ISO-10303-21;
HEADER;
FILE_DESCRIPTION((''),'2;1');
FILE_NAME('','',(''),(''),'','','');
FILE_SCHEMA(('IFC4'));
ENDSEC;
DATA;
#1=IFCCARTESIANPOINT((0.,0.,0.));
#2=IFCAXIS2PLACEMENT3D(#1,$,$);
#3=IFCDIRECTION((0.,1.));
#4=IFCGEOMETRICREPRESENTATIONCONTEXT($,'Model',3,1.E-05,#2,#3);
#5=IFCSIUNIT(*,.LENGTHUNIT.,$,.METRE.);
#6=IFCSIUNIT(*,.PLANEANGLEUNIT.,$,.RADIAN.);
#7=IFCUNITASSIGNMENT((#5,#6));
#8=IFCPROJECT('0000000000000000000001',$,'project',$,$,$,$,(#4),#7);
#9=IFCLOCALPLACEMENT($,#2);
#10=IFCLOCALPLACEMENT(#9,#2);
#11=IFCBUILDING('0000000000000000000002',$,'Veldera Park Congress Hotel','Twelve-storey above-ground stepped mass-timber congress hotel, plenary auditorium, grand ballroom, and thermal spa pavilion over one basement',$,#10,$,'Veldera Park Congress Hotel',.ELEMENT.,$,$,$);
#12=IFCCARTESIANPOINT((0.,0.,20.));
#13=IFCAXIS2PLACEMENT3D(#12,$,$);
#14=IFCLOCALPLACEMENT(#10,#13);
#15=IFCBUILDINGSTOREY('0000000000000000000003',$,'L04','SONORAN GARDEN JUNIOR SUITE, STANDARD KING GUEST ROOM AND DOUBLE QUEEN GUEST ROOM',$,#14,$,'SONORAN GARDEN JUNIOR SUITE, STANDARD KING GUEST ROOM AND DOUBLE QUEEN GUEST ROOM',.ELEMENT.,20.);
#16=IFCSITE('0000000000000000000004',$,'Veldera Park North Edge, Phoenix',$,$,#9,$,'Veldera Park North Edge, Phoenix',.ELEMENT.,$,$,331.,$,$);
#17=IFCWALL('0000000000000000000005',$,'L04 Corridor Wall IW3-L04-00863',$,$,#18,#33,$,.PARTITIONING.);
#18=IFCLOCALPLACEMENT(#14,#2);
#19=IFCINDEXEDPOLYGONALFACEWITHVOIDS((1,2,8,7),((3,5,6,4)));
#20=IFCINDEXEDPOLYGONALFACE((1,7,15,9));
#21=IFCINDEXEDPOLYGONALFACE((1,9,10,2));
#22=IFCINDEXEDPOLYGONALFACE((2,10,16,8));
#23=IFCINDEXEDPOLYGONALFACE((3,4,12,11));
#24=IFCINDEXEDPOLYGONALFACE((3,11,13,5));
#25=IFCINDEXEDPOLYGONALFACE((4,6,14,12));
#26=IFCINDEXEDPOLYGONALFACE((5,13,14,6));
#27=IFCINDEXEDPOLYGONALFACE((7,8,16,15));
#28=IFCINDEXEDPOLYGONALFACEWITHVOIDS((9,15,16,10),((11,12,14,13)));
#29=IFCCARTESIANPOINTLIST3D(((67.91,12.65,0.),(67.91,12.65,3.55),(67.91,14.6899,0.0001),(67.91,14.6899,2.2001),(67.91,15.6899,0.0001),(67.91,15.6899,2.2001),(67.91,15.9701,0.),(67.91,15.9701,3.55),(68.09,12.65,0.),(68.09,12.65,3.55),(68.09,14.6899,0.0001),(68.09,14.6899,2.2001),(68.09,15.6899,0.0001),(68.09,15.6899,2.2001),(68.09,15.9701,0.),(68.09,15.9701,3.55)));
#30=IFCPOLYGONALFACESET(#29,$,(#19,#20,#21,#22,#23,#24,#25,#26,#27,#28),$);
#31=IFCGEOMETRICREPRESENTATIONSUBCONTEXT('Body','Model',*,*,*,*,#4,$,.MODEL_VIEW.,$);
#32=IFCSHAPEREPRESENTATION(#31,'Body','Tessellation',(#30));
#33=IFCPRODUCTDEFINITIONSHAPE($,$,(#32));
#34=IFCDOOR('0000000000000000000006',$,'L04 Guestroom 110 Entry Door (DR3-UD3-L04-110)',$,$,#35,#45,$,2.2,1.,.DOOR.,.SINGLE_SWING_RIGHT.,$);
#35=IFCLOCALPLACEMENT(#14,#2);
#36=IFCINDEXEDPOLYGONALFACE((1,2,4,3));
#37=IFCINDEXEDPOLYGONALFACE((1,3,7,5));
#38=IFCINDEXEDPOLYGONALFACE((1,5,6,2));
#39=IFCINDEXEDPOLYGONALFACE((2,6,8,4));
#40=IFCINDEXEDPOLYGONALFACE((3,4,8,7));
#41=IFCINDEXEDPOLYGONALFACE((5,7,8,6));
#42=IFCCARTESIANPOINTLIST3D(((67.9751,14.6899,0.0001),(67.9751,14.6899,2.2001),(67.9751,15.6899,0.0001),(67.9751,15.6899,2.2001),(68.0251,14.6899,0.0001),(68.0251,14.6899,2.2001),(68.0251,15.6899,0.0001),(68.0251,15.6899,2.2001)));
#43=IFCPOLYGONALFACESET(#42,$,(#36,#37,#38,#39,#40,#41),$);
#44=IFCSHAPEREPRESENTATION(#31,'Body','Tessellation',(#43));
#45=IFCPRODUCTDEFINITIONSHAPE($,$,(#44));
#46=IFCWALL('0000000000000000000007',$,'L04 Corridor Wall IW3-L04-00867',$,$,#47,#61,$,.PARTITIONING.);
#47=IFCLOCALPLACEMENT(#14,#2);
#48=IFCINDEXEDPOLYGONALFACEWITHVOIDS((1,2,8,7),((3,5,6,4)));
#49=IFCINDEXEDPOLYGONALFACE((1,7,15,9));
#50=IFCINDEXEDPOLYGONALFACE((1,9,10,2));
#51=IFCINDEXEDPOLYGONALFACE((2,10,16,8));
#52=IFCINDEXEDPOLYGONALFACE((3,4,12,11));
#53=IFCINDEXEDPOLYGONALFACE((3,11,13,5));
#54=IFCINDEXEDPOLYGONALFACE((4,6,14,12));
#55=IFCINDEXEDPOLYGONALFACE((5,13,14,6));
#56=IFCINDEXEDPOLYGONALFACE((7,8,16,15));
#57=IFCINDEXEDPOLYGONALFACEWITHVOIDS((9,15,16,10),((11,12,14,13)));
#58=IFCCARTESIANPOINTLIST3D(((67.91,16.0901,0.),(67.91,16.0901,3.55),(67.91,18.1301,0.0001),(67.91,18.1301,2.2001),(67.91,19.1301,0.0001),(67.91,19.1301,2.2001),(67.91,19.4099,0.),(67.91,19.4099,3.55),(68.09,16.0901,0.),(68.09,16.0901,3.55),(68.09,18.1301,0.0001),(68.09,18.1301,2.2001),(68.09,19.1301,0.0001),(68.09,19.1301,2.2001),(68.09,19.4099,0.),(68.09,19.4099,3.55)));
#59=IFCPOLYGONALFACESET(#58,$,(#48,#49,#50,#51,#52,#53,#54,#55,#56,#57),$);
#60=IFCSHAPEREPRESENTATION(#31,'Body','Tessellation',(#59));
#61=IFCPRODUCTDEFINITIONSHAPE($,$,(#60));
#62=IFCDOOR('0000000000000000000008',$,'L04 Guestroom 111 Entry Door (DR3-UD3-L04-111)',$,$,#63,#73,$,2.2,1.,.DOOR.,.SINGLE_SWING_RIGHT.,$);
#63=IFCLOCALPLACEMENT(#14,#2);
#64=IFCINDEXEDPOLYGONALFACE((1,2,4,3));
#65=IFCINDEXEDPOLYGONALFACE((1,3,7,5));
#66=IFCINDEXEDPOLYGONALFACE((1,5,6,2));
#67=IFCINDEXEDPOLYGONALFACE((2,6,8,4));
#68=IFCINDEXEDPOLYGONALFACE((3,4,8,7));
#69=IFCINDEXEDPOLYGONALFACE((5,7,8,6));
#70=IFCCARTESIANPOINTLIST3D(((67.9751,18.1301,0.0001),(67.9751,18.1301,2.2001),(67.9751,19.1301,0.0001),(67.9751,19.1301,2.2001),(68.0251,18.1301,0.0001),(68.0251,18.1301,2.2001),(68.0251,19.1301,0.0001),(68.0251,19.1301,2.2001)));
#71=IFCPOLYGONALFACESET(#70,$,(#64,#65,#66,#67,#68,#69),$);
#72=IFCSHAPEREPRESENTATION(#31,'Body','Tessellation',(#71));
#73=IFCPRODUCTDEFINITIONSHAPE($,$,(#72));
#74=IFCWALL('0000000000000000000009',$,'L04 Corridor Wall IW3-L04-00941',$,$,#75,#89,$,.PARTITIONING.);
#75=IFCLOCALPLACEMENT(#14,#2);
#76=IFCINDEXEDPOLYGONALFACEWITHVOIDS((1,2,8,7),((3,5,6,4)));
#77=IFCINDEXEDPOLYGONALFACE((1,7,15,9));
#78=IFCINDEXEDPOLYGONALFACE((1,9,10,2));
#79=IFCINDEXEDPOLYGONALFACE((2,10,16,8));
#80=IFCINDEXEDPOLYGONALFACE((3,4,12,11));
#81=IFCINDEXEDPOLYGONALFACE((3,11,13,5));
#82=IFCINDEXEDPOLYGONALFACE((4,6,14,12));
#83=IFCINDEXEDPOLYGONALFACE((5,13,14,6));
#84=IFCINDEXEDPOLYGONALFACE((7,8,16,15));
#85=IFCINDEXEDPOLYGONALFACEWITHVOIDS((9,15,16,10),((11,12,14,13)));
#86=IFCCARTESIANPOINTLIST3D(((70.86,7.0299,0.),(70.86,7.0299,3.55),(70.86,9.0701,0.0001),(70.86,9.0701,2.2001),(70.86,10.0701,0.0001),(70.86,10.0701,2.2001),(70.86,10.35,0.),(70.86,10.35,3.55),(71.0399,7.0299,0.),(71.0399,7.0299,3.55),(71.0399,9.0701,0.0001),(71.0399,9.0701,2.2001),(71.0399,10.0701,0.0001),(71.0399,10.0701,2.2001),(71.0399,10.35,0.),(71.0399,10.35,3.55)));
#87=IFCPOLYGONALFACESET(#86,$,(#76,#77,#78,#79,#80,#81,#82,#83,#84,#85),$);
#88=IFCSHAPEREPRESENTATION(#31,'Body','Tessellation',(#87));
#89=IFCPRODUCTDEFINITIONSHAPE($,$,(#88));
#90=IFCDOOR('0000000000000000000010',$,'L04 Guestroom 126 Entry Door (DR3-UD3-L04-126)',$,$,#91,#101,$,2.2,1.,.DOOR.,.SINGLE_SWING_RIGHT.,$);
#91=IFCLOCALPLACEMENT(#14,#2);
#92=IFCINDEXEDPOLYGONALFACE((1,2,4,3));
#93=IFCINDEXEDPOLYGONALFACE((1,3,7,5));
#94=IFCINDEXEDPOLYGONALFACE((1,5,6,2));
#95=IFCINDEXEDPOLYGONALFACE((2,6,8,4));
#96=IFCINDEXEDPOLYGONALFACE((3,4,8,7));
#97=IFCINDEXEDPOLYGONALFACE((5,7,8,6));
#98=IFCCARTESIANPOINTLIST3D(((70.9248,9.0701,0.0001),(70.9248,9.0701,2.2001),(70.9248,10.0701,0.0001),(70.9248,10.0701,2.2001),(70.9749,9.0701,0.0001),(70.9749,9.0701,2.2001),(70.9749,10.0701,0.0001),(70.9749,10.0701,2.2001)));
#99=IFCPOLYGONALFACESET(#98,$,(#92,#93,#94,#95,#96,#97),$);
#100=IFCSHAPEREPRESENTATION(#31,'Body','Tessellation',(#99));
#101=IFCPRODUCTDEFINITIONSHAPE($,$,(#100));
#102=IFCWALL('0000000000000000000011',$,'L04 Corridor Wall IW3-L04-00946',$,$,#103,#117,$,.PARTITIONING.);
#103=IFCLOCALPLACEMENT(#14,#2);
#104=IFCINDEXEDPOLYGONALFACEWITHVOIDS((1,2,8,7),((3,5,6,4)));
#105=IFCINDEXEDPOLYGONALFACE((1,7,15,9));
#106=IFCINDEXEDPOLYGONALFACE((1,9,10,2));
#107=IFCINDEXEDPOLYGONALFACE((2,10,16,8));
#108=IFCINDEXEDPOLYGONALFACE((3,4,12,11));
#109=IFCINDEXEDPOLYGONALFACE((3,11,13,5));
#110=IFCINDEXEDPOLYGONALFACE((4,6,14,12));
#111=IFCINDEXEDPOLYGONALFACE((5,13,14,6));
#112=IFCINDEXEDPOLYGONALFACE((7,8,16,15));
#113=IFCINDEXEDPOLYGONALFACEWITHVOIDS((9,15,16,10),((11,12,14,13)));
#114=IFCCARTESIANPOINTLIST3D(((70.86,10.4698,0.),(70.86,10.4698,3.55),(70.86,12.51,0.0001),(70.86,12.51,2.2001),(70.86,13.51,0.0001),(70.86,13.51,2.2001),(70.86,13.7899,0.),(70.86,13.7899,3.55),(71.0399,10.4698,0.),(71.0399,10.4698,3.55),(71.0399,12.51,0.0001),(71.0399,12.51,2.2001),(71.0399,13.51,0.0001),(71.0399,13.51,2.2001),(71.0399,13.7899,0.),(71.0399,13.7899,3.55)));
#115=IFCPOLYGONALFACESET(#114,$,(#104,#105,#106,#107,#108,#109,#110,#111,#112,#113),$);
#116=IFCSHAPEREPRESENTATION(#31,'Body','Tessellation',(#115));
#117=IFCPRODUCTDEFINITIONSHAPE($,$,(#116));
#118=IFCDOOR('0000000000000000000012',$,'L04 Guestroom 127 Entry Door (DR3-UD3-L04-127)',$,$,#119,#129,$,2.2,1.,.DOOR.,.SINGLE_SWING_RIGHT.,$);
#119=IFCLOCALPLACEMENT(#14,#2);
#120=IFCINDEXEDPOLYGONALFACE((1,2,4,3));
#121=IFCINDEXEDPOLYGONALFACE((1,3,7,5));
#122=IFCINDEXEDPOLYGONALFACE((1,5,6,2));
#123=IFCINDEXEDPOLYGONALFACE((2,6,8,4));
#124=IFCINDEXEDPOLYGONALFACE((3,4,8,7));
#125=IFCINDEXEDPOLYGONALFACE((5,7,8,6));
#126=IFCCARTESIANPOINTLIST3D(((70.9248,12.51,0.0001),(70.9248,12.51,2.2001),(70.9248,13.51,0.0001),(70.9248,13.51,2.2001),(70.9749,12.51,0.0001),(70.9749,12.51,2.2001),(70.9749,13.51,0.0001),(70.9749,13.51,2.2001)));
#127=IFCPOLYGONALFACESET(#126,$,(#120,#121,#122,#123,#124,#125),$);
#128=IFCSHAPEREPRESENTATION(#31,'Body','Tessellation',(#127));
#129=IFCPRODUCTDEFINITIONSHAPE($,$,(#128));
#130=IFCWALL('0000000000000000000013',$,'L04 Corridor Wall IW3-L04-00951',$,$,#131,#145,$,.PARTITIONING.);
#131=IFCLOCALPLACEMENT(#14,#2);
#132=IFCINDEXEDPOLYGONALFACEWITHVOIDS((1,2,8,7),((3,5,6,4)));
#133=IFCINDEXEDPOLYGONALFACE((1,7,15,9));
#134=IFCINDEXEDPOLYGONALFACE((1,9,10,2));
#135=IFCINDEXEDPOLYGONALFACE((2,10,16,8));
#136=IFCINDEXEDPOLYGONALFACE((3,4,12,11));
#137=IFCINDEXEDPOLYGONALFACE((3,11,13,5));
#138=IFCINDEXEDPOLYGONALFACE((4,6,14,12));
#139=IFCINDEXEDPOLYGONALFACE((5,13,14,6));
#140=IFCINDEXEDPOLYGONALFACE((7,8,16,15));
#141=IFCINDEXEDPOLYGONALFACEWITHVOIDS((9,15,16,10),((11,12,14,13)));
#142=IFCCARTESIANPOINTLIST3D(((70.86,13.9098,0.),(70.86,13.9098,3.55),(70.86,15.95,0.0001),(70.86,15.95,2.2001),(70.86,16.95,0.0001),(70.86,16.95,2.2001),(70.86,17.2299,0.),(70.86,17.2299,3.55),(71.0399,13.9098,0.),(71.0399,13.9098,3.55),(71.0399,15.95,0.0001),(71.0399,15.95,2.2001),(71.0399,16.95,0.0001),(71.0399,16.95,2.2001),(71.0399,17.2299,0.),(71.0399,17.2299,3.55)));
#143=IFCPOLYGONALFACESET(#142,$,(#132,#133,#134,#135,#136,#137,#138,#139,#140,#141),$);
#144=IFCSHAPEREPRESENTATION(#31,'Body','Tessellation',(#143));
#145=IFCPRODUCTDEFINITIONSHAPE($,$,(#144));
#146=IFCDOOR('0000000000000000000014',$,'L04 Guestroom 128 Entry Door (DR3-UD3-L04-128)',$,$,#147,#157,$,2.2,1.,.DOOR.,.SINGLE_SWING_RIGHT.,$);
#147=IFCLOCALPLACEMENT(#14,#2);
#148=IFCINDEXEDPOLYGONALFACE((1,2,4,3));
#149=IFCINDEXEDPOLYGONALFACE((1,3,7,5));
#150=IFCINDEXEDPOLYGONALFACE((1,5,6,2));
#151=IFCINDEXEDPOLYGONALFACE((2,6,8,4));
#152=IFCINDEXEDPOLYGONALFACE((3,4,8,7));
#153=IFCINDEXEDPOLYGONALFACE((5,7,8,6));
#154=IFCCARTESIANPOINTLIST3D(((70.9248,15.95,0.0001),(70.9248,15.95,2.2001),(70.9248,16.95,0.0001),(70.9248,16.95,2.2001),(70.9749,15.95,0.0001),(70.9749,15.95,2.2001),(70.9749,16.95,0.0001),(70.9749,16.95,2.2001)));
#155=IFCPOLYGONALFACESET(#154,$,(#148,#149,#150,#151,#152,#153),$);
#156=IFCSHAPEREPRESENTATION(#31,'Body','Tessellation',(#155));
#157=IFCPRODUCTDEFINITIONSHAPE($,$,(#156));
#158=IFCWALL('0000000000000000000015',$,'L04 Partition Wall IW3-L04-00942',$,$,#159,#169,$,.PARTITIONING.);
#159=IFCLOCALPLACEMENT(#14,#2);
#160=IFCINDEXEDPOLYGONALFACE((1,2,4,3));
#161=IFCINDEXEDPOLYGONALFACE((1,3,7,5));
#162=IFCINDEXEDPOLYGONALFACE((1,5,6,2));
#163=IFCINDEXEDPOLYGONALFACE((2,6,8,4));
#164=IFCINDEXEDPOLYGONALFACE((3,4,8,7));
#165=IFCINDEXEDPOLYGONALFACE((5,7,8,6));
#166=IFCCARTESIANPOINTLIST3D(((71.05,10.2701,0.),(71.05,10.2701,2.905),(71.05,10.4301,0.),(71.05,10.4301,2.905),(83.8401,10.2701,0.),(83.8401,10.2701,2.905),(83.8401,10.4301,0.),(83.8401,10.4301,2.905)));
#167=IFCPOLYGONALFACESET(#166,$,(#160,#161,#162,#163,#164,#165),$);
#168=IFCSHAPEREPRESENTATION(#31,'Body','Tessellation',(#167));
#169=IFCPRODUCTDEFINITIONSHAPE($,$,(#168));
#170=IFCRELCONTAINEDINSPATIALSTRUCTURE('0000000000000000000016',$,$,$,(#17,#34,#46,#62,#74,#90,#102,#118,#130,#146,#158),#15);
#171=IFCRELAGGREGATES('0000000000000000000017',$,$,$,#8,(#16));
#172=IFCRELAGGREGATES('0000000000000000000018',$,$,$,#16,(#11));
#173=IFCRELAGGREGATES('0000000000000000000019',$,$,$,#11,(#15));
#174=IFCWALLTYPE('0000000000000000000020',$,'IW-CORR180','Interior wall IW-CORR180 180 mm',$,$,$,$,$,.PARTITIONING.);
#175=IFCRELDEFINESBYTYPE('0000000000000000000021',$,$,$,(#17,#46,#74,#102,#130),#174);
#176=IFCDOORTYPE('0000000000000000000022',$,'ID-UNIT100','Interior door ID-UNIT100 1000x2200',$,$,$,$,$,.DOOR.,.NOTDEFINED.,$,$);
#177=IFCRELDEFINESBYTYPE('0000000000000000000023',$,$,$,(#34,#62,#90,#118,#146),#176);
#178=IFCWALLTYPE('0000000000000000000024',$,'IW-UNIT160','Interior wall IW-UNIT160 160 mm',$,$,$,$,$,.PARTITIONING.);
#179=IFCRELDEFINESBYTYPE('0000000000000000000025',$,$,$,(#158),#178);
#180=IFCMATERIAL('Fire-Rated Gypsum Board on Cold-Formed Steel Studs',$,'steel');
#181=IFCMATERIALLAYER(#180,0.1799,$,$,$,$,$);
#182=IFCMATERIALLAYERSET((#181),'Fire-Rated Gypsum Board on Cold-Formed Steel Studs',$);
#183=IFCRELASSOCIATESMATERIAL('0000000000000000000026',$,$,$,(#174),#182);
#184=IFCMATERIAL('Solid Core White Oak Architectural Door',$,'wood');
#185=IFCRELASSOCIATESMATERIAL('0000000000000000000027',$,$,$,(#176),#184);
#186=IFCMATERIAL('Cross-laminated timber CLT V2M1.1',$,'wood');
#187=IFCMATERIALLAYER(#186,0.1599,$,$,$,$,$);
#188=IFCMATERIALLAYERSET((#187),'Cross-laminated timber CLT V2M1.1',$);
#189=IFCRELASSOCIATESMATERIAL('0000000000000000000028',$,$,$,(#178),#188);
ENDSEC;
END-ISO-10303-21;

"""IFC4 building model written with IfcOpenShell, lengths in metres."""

from ifc_helpers import new_model, si_unit, direction, frame, frame_2d, origin, place, context, subcontext, project, spatial, rectangle, extrude, material, layer, layer_set, type_object, element, fill, save


model = new_model("IFC4")

# Units and contexts
model_context = context("Model", 3, precision=1e-05, world=origin(), true_north=direction((0.0, 1.0)))
body_context = subcontext(model_context, "Body", "Model", "MODEL_VIEW")
ifc_project = project(units=[si_unit("LENGTHUNIT", "METRE"), si_unit("PLANEANGLEUNIT", "RADIAN")], contexts=[model_context])

# Site, building, storey
site_placement = place(None, origin())
site = spatial("IfcSite", under=ifc_project, at=site_placement, Name="Veldera Park North Edge, Phoenix", LongName="Veldera Park North Edge, Phoenix", CompositionType="ELEMENT", RefElevation=331.0)
building_placement = place(site_placement, origin())
building = spatial("IfcBuilding", under=site, at=building_placement, Name="Veldera Park Congress Hotel", Description="Twelve-storey above-ground stepped mass-timber congress hotel, plenary auditorium, grand ballroom, and thermal spa pavilion over one basement", LongName="Veldera Park Congress Hotel", CompositionType="ELEMENT")
storey_placement = place(building_placement, frame((0.0, 0.0, 20.0)))
storey = spatial("IfcBuildingStorey", under=building, at=storey_placement, Name="L04", Description="SONORAN GARDEN JUNIOR SUITE, STANDARD KING GUEST ROOM AND DOUBLE QUEEN GUEST ROOM", LongName="SONORAN GARDEN JUNIOR SUITE, STANDARD KING GUEST ROOM AND DOUBLE QUEEN GUEST ROOM", CompositionType="ELEMENT", Elevation=20.0)

# Shared definitions
ifc_material_1 = material(Name="Fire-Rated Gypsum Board on Cold-Formed Steel Studs", Category="steel")
ifc_material_2 = material(Name="Solid Core White Oak Architectural Door", Category="wood")

# Walls, openings, doors
ifc_layer_1 = layer(ifc_material_1, 0.1799)
ifc_layer_set_1 = layer_set([ifc_layer_1], Name="Fire-Rated Gypsum Board on Cold-Formed Steel Studs")
wall_type_1 = type_object("IfcWallType", Name="IW-CORR180", Description="Interior wall IW-CORR180 180 mm", PredefinedType="PARTITIONING", material=ifc_layer_set_1)
door_type_1 = type_object("IfcDoorType", Name="ID-UNIT100", Description="Interior door ID-UNIT100 1000x2200", OperationType="NOTDEFINED", PredefinedType="DOOR", material=ifc_material_2)
wall_1_placement = place(storey_placement, frame((68.0, 12.6499, 0.0), z_axis=(0.0, 0.0, 1.0), x_axis=(0.0, 1.0, 0.0)))
wall_1 = element("IfcWall", 1, at=wall_1_placement, inside=storey, type_object=wall_type_1, Name="L04 Corridor Wall IW3-L04-00863", PredefinedType="PARTITIONING", context=body_context, shape_type="SweptSolid", body=[
    extrude(rectangle(XDim=3.3201, YDim=0.1799, at=frame_2d((1.6602, 0.0))), origin(), (0.0, 0.0, 1.0), 3.55),
])
opening_1_placement = place(wall_1_placement, frame((2.04, 0.0, 0.0)))
opening_1 = element("IfcOpeningElement", 2, at=opening_1_placement, cuts=wall_1, PredefinedType="OPENING", context=body_context, shape_type="SweptSolid", body=[
    extrude(rectangle(XDim=1.0, YDim=2.2, at=frame_2d((0.5, 1.1001))), frame((0.0, 0.1021, 0.0), z_axis=(0.0, -1.0, 0.0), x_axis=(1.0, 0.0, 0.0)), (0.0, 0.0, 1.0), 0.2039),
])
door_1_placement = place(opening_1_placement, origin())
door_1 = element("IfcDoor", 3, at=door_1_placement, inside=storey, type_object=door_type_1, Name="L04 Guestroom 110 Entry Door (DR3-UD3-L04-110)", OperationType="SINGLE_SWING_RIGHT", OverallHeight=2.2, OverallWidth=1.0, PredefinedType="DOOR", context=body_context, shape_type="SweptSolid", body=[
    extrude(rectangle(XDim=1.0, YDim=2.2, at=frame_2d((0.5, 1.1001))), frame((0.0, 0.0249, 0.0), z_axis=(0.0, -1.0, 0.0), x_axis=(1.0, 0.0, 0.0)), (0.0, 0.0, 1.0), 0.05),
])
fill(opening_1, door_1)
wall_2_placement = place(storey_placement, frame((68.0, 16.0901, 0.0), z_axis=(0.0, 0.0, 1.0), x_axis=(0.0, 1.0, 0.0)))
wall_2 = element("IfcWall", 4, at=wall_2_placement, inside=storey, type_object=wall_type_1, Name="L04 Corridor Wall IW3-L04-00867", PredefinedType="PARTITIONING", context=body_context, shape_type="SweptSolid", body=[
    extrude(rectangle(XDim=3.3198, YDim=0.1799, at=frame_2d((1.6599, 0.0))), origin(), (0.0, 0.0, 1.0), 3.55),
])
opening_2_placement = place(wall_2_placement, frame((2.04, 0.0, 0.0)))
opening_2 = element("IfcOpeningElement", 5, at=opening_2_placement, cuts=wall_2, PredefinedType="OPENING", context=body_context, shape_type="SweptSolid", body=[
    extrude(rectangle(XDim=1.0, YDim=2.2, at=frame_2d((0.5, 1.1001))), frame((0.0, 0.1021, 0.0), z_axis=(0.0, -1.0, 0.0), x_axis=(1.0, 0.0, 0.0)), (0.0, 0.0, 1.0), 0.2039),
])
door_2_placement = place(opening_2_placement, origin())
door_2 = element("IfcDoor", 6, at=door_2_placement, inside=storey, type_object=door_type_1, Name="L04 Guestroom 111 Entry Door (DR3-UD3-L04-111)", OperationType="SINGLE_SWING_RIGHT", OverallHeight=2.2, OverallWidth=1.0, PredefinedType="DOOR", context=body_context, shape_type="SweptSolid", body=[
    extrude(rectangle(XDim=1.0, YDim=2.2, at=frame_2d((0.5, 1.1001))), frame((0.0, 0.0249, 0.0), z_axis=(0.0, -1.0, 0.0), x_axis=(1.0, 0.0, 0.0)), (0.0, 0.0, 1.0), 0.05),
])
fill(opening_2, door_2)
wall_3_placement = place(storey_placement, frame((70.95, 10.3501, 0.0), z_axis=(0.0, 0.0, 1.0), x_axis=(0.0, -1.0, 0.0)))
wall_3 = element("IfcWall", 7, at=wall_3_placement, inside=storey, type_object=wall_type_1, Name="L04 Corridor Wall IW3-L04-00941", PredefinedType="PARTITIONING", context=body_context, shape_type="SweptSolid", body=[
    extrude(rectangle(XDim=3.3201, YDim=0.1799, at=frame_2d((1.6602, 0.0))), origin(), (0.0, 0.0, 1.0), 3.55),
])
opening_3_placement = place(wall_3_placement, frame((0.28, 0.0, 0.0)))
opening_3 = element("IfcOpeningElement", 8, at=opening_3_placement, cuts=wall_3, PredefinedType="OPENING", context=body_context, shape_type="SweptSolid", body=[
    extrude(rectangle(XDim=1.0, YDim=2.2, at=frame_2d((0.5, 1.1001))), frame((0.0, 0.1021, 0.0), z_axis=(0.0, -1.0, 0.0), x_axis=(1.0, 0.0, 0.0)), (0.0, 0.0, 1.0), 0.2039),
])
door_3_placement = place(opening_3_placement, origin())
door_3 = element("IfcDoor", 9, at=door_3_placement, inside=storey, type_object=door_type_1, Name="L04 Guestroom 126 Entry Door (DR3-UD3-L04-126)", OperationType="SINGLE_SWING_RIGHT", OverallHeight=2.2, OverallWidth=1.0, PredefinedType="DOOR", context=body_context, shape_type="SweptSolid", body=[
    extrude(rectangle(XDim=1.0, YDim=2.2, at=frame_2d((0.5, 1.1001))), frame((0.0, 0.0249, 0.0), z_axis=(0.0, -1.0, 0.0), x_axis=(1.0, 0.0, 0.0)), (0.0, 0.0, 1.0), 0.05),
])
fill(opening_3, door_3)
wall_4_placement = place(storey_placement, frame((70.95, 13.79, 0.0), z_axis=(0.0, 0.0, 1.0), x_axis=(0.0, -1.0, 0.0)))
wall_4 = element("IfcWall", 10, at=wall_4_placement, inside=storey, type_object=wall_type_1, Name="L04 Corridor Wall IW3-L04-00946", PredefinedType="PARTITIONING", context=body_context, shape_type="SweptSolid", body=[
    extrude(rectangle(XDim=3.3201, YDim=0.1799, at=frame_2d((1.6602, 0.0))), origin(), (0.0, 0.0, 1.0), 3.55),
])
opening_4_placement = place(wall_4_placement, frame((0.28, 0.0, 0.0)))
opening_4 = element("IfcOpeningElement", 11, at=opening_4_placement, cuts=wall_4, PredefinedType="OPENING", context=body_context, shape_type="SweptSolid", body=[
    extrude(rectangle(XDim=1.0, YDim=2.2, at=frame_2d((0.5, 1.1001))), frame((0.0, 0.1021, 0.0), z_axis=(0.0, -1.0, 0.0), x_axis=(1.0, 0.0, 0.0)), (0.0, 0.0, 1.0), 0.2039),
])
door_4_placement = place(opening_4_placement, origin())
door_4 = element("IfcDoor", 12, at=door_4_placement, inside=storey, type_object=door_type_1, Name="L04 Guestroom 127 Entry Door (DR3-UD3-L04-127)", OperationType="SINGLE_SWING_RIGHT", OverallHeight=2.2, OverallWidth=1.0, PredefinedType="DOOR", context=body_context, shape_type="SweptSolid", body=[
    extrude(rectangle(XDim=1.0, YDim=2.2, at=frame_2d((0.5, 1.1001))), frame((0.0, 0.0249, 0.0), z_axis=(0.0, -1.0, 0.0), x_axis=(1.0, 0.0, 0.0)), (0.0, 0.0, 1.0), 0.05),
])
fill(opening_4, door_4)
wall_5_placement = place(storey_placement, frame((70.95, 17.23, 0.0), z_axis=(0.0, 0.0, 1.0), x_axis=(0.0, -1.0, 0.0)))
wall_5 = element("IfcWall", 13, at=wall_5_placement, inside=storey, type_object=wall_type_1, Name="L04 Corridor Wall IW3-L04-00951", PredefinedType="PARTITIONING", context=body_context, shape_type="SweptSolid", body=[
    extrude(rectangle(XDim=3.3201, YDim=0.1799, at=frame_2d((1.6602, 0.0))), origin(), (0.0, 0.0, 1.0), 3.55),
])
opening_5_placement = place(wall_5_placement, frame((0.28, 0.0, 0.0)))
opening_5 = element("IfcOpeningElement", 14, at=opening_5_placement, cuts=wall_5, PredefinedType="OPENING", context=body_context, shape_type="SweptSolid", body=[
    extrude(rectangle(XDim=1.0, YDim=2.2, at=frame_2d((0.5, 1.1001))), frame((0.0, 0.1021, 0.0), z_axis=(0.0, -1.0, 0.0), x_axis=(1.0, 0.0, 0.0)), (0.0, 0.0, 1.0), 0.2039),
])
door_5_placement = place(opening_5_placement, origin())
door_5 = element("IfcDoor", 15, at=door_5_placement, inside=storey, type_object=door_type_1, Name="L04 Guestroom 128 Entry Door (DR3-UD3-L04-128)", OperationType="SINGLE_SWING_RIGHT", OverallHeight=2.2, OverallWidth=1.0, PredefinedType="DOOR", context=body_context, shape_type="SweptSolid", body=[
    extrude(rectangle(XDim=1.0, YDim=2.2, at=frame_2d((0.5, 1.1001))), frame((0.0, 0.0249, 0.0), z_axis=(0.0, -1.0, 0.0), x_axis=(1.0, 0.0, 0.0)), (0.0, 0.0, 1.0), 0.05),
])
fill(opening_5, door_5)

# Wall
ifc_material_3 = material(Name="Cross-laminated timber CLT V2M1.1", Category="wood")
ifc_layer_2 = layer(ifc_material_3, 0.1599)
ifc_layer_set_2 = layer_set([ifc_layer_2], Name="Cross-laminated timber CLT V2M1.1")
wall_type_2 = type_object("IfcWallType", Name="IW-UNIT160", Description="Interior wall IW-UNIT160 160 mm", PredefinedType="PARTITIONING", material=ifc_layer_set_2)
wall_6_placement = place(storey_placement, frame((71.05, 10.3501, 0.0), z_axis=(0.0, 0.0, 1.0), x_axis=(1.0, 0.0, 0.0)))
element("IfcWall", 16, at=wall_6_placement, inside=storey, type_object=wall_type_2, Name="L04 Partition Wall IW3-L04-00942", PredefinedType="PARTITIONING", context=body_context, shape_type="SweptSolid", body=[
    extrude(rectangle(XDim=12.79, YDim=0.1599, at=frame_2d((6.395, 0.0))), origin(), (0.0, 0.0, 1.0), 2.905),
])

save(model, "model.ifc")
